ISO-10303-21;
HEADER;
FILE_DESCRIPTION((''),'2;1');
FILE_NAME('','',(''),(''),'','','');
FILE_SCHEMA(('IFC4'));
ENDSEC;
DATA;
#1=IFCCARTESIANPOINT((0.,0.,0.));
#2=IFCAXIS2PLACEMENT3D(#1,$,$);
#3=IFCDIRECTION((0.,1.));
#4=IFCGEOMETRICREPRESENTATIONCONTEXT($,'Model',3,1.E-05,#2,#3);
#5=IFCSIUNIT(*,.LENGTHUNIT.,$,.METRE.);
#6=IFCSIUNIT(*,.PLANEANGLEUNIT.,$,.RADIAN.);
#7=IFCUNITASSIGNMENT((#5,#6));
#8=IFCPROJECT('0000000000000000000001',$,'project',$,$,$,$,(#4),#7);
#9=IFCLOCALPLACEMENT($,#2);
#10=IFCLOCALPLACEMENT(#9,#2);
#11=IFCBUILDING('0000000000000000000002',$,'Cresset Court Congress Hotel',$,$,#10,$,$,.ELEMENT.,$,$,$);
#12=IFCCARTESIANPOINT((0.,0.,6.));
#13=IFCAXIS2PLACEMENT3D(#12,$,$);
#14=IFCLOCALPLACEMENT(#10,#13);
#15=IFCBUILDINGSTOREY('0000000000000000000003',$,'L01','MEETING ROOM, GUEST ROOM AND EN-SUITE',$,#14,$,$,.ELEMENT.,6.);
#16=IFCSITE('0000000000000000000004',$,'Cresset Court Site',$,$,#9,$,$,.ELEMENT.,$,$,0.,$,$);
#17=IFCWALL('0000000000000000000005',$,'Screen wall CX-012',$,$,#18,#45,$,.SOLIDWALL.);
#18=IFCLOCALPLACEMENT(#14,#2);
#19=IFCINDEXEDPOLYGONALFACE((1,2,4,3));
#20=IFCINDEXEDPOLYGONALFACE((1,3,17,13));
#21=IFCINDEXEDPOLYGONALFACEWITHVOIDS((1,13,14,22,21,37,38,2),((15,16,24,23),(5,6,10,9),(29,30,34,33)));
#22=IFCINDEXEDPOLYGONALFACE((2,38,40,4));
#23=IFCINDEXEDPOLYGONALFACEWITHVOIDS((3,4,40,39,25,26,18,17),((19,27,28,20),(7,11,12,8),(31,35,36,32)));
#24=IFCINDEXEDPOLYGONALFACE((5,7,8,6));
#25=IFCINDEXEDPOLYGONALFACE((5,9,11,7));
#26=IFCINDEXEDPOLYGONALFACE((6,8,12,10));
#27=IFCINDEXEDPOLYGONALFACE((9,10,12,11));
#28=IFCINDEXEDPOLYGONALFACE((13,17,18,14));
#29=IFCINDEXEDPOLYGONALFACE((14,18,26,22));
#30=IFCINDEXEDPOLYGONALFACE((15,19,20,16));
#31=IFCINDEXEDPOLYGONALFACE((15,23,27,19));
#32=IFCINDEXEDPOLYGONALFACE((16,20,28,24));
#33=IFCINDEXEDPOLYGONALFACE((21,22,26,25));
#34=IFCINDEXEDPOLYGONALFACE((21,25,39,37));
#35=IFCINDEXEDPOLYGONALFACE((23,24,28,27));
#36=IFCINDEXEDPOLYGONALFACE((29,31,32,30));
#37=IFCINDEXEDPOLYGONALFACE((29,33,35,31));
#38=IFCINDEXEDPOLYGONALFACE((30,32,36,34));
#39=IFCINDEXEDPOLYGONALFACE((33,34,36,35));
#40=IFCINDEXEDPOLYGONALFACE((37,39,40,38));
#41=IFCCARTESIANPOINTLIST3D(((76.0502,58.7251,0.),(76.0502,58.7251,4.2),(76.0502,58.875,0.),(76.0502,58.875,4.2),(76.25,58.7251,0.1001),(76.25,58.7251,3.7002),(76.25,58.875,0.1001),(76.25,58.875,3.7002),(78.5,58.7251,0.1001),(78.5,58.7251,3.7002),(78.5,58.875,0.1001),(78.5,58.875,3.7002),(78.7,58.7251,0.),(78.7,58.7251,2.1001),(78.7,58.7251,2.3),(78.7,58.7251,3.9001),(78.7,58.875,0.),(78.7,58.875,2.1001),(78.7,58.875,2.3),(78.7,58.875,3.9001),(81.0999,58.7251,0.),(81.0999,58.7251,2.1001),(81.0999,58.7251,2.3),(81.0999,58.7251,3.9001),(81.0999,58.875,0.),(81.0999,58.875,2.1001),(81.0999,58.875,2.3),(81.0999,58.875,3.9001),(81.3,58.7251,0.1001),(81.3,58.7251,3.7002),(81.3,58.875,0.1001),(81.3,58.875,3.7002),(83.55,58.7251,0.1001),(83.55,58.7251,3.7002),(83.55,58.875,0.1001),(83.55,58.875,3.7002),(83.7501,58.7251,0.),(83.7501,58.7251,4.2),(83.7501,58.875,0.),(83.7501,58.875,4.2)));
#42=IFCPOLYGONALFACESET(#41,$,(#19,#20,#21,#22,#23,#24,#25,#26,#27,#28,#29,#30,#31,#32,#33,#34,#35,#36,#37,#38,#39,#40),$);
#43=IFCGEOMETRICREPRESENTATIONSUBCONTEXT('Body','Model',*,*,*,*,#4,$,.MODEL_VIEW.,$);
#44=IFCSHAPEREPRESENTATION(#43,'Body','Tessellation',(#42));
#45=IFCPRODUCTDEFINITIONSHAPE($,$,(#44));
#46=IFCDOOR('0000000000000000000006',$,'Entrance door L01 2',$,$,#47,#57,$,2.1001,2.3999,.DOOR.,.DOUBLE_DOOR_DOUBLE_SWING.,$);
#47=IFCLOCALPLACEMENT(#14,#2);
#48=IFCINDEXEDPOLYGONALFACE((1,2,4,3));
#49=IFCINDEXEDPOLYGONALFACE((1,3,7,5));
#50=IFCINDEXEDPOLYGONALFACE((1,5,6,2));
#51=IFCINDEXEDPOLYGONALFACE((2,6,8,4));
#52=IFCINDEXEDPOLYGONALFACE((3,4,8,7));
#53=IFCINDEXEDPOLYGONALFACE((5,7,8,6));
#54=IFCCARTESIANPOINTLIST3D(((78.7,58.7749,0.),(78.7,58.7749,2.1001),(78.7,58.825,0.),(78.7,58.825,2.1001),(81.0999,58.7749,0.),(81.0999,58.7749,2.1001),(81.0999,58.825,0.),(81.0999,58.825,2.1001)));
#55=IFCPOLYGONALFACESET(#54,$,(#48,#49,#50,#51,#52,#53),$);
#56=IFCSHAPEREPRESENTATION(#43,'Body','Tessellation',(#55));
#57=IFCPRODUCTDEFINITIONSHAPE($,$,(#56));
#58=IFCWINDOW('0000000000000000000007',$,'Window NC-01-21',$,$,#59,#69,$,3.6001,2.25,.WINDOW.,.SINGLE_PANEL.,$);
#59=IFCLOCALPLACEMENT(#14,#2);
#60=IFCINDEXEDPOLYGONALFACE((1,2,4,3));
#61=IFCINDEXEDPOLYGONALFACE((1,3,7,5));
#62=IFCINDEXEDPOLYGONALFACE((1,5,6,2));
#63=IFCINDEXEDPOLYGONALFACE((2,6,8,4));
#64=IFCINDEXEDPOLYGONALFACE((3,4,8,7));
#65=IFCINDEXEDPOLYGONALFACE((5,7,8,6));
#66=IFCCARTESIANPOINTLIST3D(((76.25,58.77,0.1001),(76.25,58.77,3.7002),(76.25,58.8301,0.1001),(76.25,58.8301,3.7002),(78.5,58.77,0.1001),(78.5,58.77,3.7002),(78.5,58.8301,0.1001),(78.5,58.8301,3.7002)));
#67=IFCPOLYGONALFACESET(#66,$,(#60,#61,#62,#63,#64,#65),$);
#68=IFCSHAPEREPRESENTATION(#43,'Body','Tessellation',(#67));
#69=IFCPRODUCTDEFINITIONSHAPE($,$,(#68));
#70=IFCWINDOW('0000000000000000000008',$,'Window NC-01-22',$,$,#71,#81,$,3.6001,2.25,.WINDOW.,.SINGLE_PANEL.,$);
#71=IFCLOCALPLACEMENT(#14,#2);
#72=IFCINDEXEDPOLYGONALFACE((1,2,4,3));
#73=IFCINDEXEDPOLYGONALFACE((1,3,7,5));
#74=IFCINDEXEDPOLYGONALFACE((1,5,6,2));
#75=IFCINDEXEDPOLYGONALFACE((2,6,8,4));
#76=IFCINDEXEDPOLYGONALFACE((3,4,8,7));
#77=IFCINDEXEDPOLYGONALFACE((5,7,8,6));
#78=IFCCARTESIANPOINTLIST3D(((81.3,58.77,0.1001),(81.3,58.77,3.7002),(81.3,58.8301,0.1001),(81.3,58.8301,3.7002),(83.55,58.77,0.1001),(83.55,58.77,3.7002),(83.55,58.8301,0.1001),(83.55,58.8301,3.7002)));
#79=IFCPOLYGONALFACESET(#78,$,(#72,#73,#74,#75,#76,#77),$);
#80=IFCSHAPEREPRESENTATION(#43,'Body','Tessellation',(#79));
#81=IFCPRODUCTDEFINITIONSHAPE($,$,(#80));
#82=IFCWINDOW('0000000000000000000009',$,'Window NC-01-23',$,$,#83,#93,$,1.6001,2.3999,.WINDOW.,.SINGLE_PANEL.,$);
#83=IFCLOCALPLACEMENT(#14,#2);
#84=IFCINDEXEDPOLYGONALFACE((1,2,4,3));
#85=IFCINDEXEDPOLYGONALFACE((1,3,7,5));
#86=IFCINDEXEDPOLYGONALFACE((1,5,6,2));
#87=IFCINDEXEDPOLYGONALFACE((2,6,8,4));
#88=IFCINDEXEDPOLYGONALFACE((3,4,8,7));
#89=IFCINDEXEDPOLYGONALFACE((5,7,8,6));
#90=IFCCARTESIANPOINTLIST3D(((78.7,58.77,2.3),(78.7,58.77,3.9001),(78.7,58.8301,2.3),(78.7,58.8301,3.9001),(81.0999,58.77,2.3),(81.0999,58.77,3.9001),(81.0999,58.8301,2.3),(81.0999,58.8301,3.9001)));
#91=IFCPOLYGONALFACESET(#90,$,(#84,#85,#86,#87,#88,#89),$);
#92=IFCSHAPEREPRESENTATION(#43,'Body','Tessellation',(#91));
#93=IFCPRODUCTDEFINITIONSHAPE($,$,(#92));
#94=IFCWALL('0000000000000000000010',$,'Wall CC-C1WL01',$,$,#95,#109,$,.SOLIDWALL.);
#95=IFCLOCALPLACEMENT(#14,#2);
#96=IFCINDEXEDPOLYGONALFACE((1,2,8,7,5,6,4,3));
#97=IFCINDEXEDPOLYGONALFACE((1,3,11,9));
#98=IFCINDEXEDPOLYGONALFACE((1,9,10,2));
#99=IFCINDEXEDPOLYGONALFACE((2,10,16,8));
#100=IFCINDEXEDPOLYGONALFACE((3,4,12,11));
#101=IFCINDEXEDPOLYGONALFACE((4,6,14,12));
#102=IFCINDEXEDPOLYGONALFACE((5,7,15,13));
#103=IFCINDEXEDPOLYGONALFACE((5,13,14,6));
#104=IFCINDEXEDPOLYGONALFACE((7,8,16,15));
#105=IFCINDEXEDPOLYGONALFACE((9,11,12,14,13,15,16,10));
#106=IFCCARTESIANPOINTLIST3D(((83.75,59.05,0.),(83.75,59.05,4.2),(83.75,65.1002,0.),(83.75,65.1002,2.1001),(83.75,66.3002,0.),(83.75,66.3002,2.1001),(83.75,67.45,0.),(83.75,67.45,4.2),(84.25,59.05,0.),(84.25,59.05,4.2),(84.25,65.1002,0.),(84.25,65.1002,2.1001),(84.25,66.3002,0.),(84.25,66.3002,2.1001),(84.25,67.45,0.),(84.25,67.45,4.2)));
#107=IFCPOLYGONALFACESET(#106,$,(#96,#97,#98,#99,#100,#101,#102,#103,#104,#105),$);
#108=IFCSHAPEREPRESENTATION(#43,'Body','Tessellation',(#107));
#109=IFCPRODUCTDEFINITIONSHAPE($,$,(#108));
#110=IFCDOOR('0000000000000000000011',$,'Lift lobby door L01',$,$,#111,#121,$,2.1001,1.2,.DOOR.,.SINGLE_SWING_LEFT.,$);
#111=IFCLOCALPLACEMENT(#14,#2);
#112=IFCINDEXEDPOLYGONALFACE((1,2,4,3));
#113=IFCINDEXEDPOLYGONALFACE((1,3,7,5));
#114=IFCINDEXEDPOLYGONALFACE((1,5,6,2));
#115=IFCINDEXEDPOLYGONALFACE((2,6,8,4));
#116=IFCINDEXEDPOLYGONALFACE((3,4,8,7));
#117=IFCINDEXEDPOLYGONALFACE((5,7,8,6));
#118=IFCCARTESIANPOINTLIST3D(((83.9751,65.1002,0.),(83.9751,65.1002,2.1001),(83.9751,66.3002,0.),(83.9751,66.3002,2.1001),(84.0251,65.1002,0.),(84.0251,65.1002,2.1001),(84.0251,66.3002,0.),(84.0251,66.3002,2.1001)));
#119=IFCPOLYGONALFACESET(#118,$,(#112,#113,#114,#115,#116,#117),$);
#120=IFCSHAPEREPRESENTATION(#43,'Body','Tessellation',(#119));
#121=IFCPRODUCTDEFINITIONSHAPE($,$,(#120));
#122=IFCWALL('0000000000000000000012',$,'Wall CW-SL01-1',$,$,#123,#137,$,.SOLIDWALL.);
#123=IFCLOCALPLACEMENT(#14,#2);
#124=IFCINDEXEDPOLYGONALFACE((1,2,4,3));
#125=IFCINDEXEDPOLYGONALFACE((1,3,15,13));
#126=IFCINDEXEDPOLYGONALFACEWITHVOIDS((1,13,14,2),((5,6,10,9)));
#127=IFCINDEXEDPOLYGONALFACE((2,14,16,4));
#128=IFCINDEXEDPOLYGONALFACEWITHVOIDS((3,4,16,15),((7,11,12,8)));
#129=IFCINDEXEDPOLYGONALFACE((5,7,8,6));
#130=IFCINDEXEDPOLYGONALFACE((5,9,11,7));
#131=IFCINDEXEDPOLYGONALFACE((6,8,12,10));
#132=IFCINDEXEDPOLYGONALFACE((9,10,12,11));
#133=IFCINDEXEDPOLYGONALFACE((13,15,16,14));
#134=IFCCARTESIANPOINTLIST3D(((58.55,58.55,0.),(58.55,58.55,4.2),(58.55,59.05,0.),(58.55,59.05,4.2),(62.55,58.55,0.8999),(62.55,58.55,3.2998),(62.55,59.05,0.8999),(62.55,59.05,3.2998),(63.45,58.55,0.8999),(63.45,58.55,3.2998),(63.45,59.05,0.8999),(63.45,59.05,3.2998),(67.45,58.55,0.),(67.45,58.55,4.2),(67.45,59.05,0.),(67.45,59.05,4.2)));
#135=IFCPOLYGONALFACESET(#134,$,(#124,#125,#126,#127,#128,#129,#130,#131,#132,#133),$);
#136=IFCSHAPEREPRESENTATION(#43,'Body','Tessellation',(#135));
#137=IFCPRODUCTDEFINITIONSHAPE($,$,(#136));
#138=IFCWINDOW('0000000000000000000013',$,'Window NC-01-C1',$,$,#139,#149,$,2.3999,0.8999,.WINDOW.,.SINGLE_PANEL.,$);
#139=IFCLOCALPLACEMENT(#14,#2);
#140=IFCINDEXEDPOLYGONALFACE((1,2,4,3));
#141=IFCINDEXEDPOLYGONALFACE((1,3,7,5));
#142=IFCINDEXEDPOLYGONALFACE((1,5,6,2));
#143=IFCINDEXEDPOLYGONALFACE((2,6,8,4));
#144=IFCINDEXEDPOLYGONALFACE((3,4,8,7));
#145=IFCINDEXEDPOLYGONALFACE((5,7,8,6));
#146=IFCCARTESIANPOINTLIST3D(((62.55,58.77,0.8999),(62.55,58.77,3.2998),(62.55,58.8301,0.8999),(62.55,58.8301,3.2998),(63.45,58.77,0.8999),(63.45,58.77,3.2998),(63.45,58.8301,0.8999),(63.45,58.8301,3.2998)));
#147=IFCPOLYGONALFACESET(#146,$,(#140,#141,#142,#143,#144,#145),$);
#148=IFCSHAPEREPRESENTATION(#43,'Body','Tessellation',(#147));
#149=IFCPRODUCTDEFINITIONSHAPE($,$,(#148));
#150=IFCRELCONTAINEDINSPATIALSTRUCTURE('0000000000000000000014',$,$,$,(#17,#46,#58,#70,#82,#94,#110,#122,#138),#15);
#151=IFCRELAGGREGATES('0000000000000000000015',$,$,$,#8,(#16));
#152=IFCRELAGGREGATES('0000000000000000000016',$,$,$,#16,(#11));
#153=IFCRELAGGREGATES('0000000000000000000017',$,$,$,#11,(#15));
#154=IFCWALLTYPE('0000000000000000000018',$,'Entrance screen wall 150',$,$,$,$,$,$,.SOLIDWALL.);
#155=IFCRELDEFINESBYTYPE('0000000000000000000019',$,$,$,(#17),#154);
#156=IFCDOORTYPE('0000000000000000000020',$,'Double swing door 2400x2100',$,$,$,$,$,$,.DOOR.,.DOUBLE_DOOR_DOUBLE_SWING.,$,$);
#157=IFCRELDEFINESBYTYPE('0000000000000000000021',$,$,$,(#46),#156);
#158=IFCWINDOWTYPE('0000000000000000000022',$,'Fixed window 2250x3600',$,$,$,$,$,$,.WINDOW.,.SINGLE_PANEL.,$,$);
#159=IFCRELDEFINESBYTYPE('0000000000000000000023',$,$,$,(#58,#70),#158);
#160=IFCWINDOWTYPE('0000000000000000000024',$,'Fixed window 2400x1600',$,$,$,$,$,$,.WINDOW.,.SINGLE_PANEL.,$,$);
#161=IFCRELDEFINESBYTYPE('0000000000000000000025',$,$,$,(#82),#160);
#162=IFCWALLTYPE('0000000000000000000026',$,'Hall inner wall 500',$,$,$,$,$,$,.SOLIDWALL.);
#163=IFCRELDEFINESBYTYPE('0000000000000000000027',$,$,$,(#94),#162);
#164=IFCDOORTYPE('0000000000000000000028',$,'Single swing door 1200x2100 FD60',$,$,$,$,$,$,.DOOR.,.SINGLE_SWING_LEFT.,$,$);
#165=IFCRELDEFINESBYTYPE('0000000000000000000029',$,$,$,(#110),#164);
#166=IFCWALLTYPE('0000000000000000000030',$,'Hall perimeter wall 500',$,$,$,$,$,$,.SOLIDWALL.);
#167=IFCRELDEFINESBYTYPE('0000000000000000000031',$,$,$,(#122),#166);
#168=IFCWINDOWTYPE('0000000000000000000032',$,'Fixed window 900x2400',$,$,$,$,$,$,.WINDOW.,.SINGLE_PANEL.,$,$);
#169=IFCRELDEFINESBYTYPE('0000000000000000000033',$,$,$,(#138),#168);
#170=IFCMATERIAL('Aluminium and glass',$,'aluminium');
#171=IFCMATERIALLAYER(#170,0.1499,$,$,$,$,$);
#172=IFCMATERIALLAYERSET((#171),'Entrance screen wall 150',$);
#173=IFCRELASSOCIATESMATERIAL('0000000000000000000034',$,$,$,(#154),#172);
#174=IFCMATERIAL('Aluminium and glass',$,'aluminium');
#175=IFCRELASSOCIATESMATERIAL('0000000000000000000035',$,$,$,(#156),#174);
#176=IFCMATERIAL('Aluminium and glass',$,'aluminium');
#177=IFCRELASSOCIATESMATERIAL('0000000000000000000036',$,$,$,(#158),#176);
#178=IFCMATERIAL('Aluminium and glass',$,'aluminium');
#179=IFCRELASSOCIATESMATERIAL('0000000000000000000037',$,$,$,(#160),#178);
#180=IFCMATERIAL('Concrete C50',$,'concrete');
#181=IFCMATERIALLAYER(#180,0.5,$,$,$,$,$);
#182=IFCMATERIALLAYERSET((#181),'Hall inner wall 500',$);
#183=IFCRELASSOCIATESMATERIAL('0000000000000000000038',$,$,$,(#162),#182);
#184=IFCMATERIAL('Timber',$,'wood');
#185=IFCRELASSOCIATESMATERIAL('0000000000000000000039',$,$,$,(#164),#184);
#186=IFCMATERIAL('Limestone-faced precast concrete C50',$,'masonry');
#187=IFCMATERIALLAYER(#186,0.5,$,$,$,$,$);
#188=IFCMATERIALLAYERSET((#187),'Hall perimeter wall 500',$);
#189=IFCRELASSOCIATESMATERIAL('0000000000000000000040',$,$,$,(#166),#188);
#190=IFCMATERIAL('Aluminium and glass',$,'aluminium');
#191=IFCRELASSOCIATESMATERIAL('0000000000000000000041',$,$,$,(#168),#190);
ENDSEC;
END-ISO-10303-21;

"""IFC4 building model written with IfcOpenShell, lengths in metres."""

from ifc_helpers import new_model, si_unit, direction, frame, frame_2d, origin, place, context, subcontext, project, spatial, rectangle, extrude, material, layer, layer_set, type_object, element, fill, save


model = new_model("IFC4")

# Units and contexts
model_context = context("Model", 3, precision=1e-05, world=origin(), true_north=direction((0.0, 1.0)))
body_context = subcontext(model_context, "Body", "Model", "MODEL_VIEW")
ifc_project = project(units=[si_unit("LENGTHUNIT", "METRE"), si_unit("PLANEANGLEUNIT", "RADIAN")], contexts=[model_context])

# Site, building, storey
site_placement = place(None, origin())
site = spatial("IfcSite", under=ifc_project, at=site_placement, Name="Cresset Court Site", CompositionType="ELEMENT", RefElevation=0.0)
building_placement = place(site_placement, origin())
building = spatial("IfcBuilding", under=site, at=building_placement, Name="Cresset Court Congress Hotel", CompositionType="ELEMENT")
storey_placement = place(building_placement, frame((0.0, 0.0, 6.0)))
storey = spatial("IfcBuildingStorey", under=building, at=storey_placement, Name="L01", Description="MEETING ROOM, GUEST ROOM AND EN-SUITE", CompositionType="ELEMENT", Elevation=6.0)

# Wall, openings, door, windows
ifc_material_1 = material(Name="Aluminium and glass", Category="aluminium")
ifc_layer_1 = layer(ifc_material_1, 0.1499)
ifc_layer_set_1 = layer_set([ifc_layer_1], Name="Entrance screen wall 150")
wall_type_1 = type_object("IfcWallType", Name="Entrance screen wall 150", PredefinedType="SOLIDWALL", material=ifc_layer_set_1)
ifc_material_2 = material(Name="Aluminium and glass", Category="aluminium")
door_type_1 = type_object("IfcDoorType", Name="Double swing door 2400x2100", OperationType="DOUBLE_DOOR_DOUBLE_SWING", PredefinedType="DOOR", material=ifc_material_2)
ifc_material_3 = material(Name="Aluminium and glass", Category="aluminium")
window_type_1 = type_object("IfcWindowType", Name="Fixed window 2250x3600", PartitioningType="SINGLE_PANEL", PredefinedType="WINDOW", material=ifc_material_3)
ifc_material_4 = material(Name="Aluminium and glass", Category="aluminium")
window_type_2 = type_object("IfcWindowType", Name="Fixed window 2400x1600", PartitioningType="SINGLE_PANEL", PredefinedType="WINDOW", material=ifc_material_4)
wall_1_placement = place(storey_placement, frame((76.05, 58.8, 0.0), z_axis=(0.0, 0.0, 1.0), x_axis=(1.0, 0.0, 0.0)))
wall_1 = element("IfcWall", 1, at=wall_1_placement, inside=storey, type_object=wall_type_1, Name="Screen wall CX-012", PredefinedType="SOLIDWALL", context=body_context, shape_type="SweptSolid", body=[
    extrude(rectangle(XDim=7.7, YDim=0.1499, at=frame_2d((3.8501, 0.0))), origin(), (0.0, 0.0, 1.0), 4.2),
])
opening_1_placement = place(wall_1_placement, frame((2.6499, 0.0, 0.0)))
opening_1 = element("IfcOpeningElement", 2, at=opening_1_placement, cuts=wall_1, PredefinedType="OPENING", context=body_context, shape_type="SweptSolid", body=[
    extrude(rectangle(XDim=2.3999, YDim=2.1001, at=frame_2d((1.2, 1.05))), frame((0.0, 0.085, 0.0), z_axis=(0.0, -1.0, 0.0), x_axis=(1.0, 0.0, 0.0)), (0.0, 0.0, 1.0), 0.1699),
])
opening_2_placement = place(wall_1_placement, frame((0.2, 0.0, 0.1001)))
opening_2 = element("IfcOpeningElement", 3, at=opening_2_placement, cuts=wall_1, PredefinedType="OPENING", context=body_context, shape_type="SweptSolid", body=[
    extrude(rectangle(XDim=2.25, YDim=3.6001, at=frame_2d((1.125, 1.8))), frame((0.0, 0.085, 0.0), z_axis=(0.0, -1.0, 0.0), x_axis=(1.0, 0.0, 0.0)), (0.0, 0.0, 1.0), 0.1699),
])
opening_3_placement = place(wall_1_placement, frame((5.25, 0.0, 0.1001)))
opening_3 = element("IfcOpeningElement", 4, at=opening_3_placement, cuts=wall_1, PredefinedType="OPENING", context=body_context, shape_type="SweptSolid", body=[
    extrude(rectangle(XDim=2.25, YDim=3.6001, at=frame_2d((1.125, 1.8))), frame((0.0, 0.085, 0.0), z_axis=(0.0, -1.0, 0.0), x_axis=(1.0, 0.0, 0.0)), (0.0, 0.0, 1.0), 0.1699),
])
opening_4_placement = place(wall_1_placement, frame((2.6499, 0.0, 2.3)))
opening_4 = element("IfcOpeningElement", 5, at=opening_4_placement, cuts=wall_1, PredefinedType="OPENING", context=body_context, shape_type="SweptSolid", body=[
    extrude(rectangle(XDim=2.3999, YDim=1.6001, at=frame_2d((1.2, 0.8))), frame((0.0, 0.085, 0.0), z_axis=(0.0, -1.0, 0.0), x_axis=(1.0, 0.0, 0.0)), (0.0, 0.0, 1.0), 0.1699),
])
door_1_placement = place(opening_1_placement, origin())
door_1 = element("IfcDoor", 6, at=door_1_placement, inside=storey, type_object=door_type_1, Name="Entrance door L01 2", OperationType="DOUBLE_DOOR_DOUBLE_SWING", OverallHeight=2.1001, OverallWidth=2.3999, PredefinedType="DOOR", context=body_context, shape_type="SweptSolid", body=[
    extrude(rectangle(XDim=2.3999, YDim=2.1001, at=frame_2d((1.2, 1.05))), frame((0.0, 0.0249, 0.0), z_axis=(0.0, -1.0, 0.0), x_axis=(1.0, 0.0, 0.0)), (0.0, 0.0, 1.0), 0.05),
])
fill(opening_1, door_1)
window_1_placement = place(opening_2_placement, origin())
window_1 = element("IfcWindow", 7, at=window_1_placement, inside=storey, type_object=window_type_1, Name="Window NC-01-21", OverallHeight=3.6001, OverallWidth=2.25, PartitioningType="SINGLE_PANEL", PredefinedType="WINDOW", context=body_context, shape_type="SweptSolid", body=[
    extrude(rectangle(XDim=2.25, YDim=3.6001, at=frame_2d((1.125, 1.8))), frame((0.0, 0.03, 0.0), z_axis=(0.0, -1.0, 0.0), x_axis=(1.0, 0.0, 0.0)), (0.0, 0.0, 1.0), 0.0601),
])
fill(opening_2, window_1)
window_2_placement = place(opening_3_placement, origin())
window_2 = element("IfcWindow", 8, at=window_2_placement, inside=storey, type_object=window_type_1, Name="Window NC-01-22", OverallHeight=3.6001, OverallWidth=2.25, PartitioningType="SINGLE_PANEL", PredefinedType="WINDOW", context=body_context, shape_type="SweptSolid", body=[
    extrude(rectangle(XDim=2.25, YDim=3.6001, at=frame_2d((1.125, 1.8))), frame((0.0, 0.03, 0.0), z_axis=(0.0, -1.0, 0.0), x_axis=(1.0, 0.0, 0.0)), (0.0, 0.0, 1.0), 0.0601),
])
fill(opening_3, window_2)
window_3_placement = place(opening_4_placement, origin())
window_3 = element("IfcWindow", 9, at=window_3_placement, inside=storey, type_object=window_type_2, Name="Window NC-01-23", OverallHeight=1.6001, OverallWidth=2.3999, PartitioningType="SINGLE_PANEL", PredefinedType="WINDOW", context=body_context, shape_type="SweptSolid", body=[
    extrude(rectangle(XDim=2.3999, YDim=1.6001, at=frame_2d((1.2, 0.8))), frame((0.0, 0.03, 0.0), z_axis=(0.0, -1.0, 0.0), x_axis=(1.0, 0.0, 0.0)), (0.0, 0.0, 1.0), 0.0601),
])
fill(opening_4, window_3)

# Wall, opening, door
ifc_material_5 = material(Name="Concrete C50", Category="concrete")
ifc_layer_2 = layer(ifc_material_5, 0.5)
ifc_layer_set_2 = layer_set([ifc_layer_2], Name="Hall inner wall 500")
wall_type_2 = type_object("IfcWallType", Name="Hall inner wall 500", PredefinedType="SOLIDWALL", material=ifc_layer_set_2)
wall_2_placement = place(storey_placement, frame((84.0, 59.05, 0.0), z_axis=(0.0, 0.0, 1.0), x_axis=(0.0, 1.0, 0.0)))
wall_2 = element("IfcWall", 10, at=wall_2_placement, inside=storey, type_object=wall_type_2, Name="Wall CC-C1WL01", PredefinedType="SOLIDWALL", context=body_context, shape_type="SweptSolid", body=[
    extrude(rectangle(XDim=8.3999, YDim=0.5, at=frame_2d((4.2, 0.0))), origin(), (0.0, 0.0, 1.0), 4.2),
])
opening_5_placement = place(wall_2_placement, frame((6.05, 0.0, 0.0)))
opening_5 = element("IfcOpeningElement", 11, at=opening_5_placement, cuts=wall_2, PredefinedType="OPENING", context=body_context, shape_type="SweptSolid", body=[
    extrude(rectangle(XDim=1.2, YDim=2.1001, at=frame_2d((0.6001, 1.05))), frame((0.0, 0.26, 0.0), z_axis=(0.0, -1.0, 0.0), x_axis=(1.0, 0.0, 0.0)), (0.0, 0.0, 1.0), 0.52),
])
ifc_material_6 = material(Name="Timber", Category="wood")
door_type_2 = type_object("IfcDoorType", Name="Single swing door 1200x2100 FD60", OperationType="SINGLE_SWING_LEFT", PredefinedType="DOOR", material=ifc_material_6)
door_2_placement = place(opening_5_placement, origin())
door_2 = element("IfcDoor", 12, at=door_2_placement, inside=storey, type_object=door_type_2, Name="Lift lobby door L01", OperationType="SINGLE_SWING_LEFT", OverallHeight=2.1001, OverallWidth=1.2, PredefinedType="DOOR", context=body_context, shape_type="SweptSolid", body=[
    extrude(rectangle(XDim=1.2, YDim=2.1001, at=frame_2d((0.6001, 1.05))), frame((0.0, 0.0249, 0.0), z_axis=(0.0, -1.0, 0.0), x_axis=(1.0, 0.0, 0.0)), (0.0, 0.0, 1.0), 0.05),
])
fill(opening_5, door_2)

# Wall, opening, window
ifc_material_7 = material(Name="Limestone-faced precast concrete C50", Category="masonry")
ifc_layer_3 = layer(ifc_material_7, 0.5)
ifc_layer_set_3 = layer_set([ifc_layer_3], Name="Hall perimeter wall 500")
wall_type_3 = type_object("IfcWallType", Name="Hall perimeter wall 500", PredefinedType="SOLIDWALL", material=ifc_layer_set_3)
wall_3_placement = place(storey_placement, frame((67.45, 58.8, 0.0), z_axis=(0.0, 0.0, 1.0), x_axis=(-1.0, 0.0, 0.0)))
wall_3 = element("IfcWall", 13, at=wall_3_placement, inside=storey, type_object=wall_type_3, Name="Wall CW-SL01-1", PredefinedType="SOLIDWALL", context=body_context, shape_type="SweptSolid", body=[
    extrude(rectangle(XDim=8.8999, YDim=0.5, at=frame_2d((4.45, 0.0))), origin(), (0.0, 0.0, 1.0), 4.2),
])
opening_6_placement = place(wall_3_placement, frame((4.0, 0.0, 0.8999)))
opening_6 = element("IfcOpeningElement", 14, at=opening_6_placement, cuts=wall_3, PredefinedType="OPENING", context=body_context, shape_type="SweptSolid", body=[
    extrude(rectangle(XDim=0.8999, YDim=2.3999, at=frame_2d((0.45, 1.2))), frame((0.0, 0.26, 0.0), z_axis=(0.0, -1.0, 0.0), x_axis=(1.0, 0.0, 0.0)), (0.0, 0.0, 1.0), 0.52),
])
ifc_material_8 = material(Name="Aluminium and glass", Category="aluminium")
window_type_3 = type_object("IfcWindowType", Name="Fixed window 900x2400", PartitioningType="SINGLE_PANEL", PredefinedType="WINDOW", material=ifc_material_8)
window_4_placement = place(opening_6_placement, origin())
window_4 = element("IfcWindow", 15, at=window_4_placement, inside=storey, type_object=window_type_3, Name="Window NC-01-C1", OverallHeight=2.3999, OverallWidth=0.8999, PartitioningType="SINGLE_PANEL", PredefinedType="WINDOW", context=body_context, shape_type="SweptSolid", body=[
    extrude(rectangle(XDim=0.8999, YDim=2.3999, at=frame_2d((0.45, 1.2))), frame((0.0, 0.03, 0.0), z_axis=(0.0, -1.0, 0.0), x_axis=(1.0, 0.0, 0.0)), (0.0, 0.0, 1.0), 0.0601),
])
fill(opening_6, window_4)

save(model, "model.ifc")
